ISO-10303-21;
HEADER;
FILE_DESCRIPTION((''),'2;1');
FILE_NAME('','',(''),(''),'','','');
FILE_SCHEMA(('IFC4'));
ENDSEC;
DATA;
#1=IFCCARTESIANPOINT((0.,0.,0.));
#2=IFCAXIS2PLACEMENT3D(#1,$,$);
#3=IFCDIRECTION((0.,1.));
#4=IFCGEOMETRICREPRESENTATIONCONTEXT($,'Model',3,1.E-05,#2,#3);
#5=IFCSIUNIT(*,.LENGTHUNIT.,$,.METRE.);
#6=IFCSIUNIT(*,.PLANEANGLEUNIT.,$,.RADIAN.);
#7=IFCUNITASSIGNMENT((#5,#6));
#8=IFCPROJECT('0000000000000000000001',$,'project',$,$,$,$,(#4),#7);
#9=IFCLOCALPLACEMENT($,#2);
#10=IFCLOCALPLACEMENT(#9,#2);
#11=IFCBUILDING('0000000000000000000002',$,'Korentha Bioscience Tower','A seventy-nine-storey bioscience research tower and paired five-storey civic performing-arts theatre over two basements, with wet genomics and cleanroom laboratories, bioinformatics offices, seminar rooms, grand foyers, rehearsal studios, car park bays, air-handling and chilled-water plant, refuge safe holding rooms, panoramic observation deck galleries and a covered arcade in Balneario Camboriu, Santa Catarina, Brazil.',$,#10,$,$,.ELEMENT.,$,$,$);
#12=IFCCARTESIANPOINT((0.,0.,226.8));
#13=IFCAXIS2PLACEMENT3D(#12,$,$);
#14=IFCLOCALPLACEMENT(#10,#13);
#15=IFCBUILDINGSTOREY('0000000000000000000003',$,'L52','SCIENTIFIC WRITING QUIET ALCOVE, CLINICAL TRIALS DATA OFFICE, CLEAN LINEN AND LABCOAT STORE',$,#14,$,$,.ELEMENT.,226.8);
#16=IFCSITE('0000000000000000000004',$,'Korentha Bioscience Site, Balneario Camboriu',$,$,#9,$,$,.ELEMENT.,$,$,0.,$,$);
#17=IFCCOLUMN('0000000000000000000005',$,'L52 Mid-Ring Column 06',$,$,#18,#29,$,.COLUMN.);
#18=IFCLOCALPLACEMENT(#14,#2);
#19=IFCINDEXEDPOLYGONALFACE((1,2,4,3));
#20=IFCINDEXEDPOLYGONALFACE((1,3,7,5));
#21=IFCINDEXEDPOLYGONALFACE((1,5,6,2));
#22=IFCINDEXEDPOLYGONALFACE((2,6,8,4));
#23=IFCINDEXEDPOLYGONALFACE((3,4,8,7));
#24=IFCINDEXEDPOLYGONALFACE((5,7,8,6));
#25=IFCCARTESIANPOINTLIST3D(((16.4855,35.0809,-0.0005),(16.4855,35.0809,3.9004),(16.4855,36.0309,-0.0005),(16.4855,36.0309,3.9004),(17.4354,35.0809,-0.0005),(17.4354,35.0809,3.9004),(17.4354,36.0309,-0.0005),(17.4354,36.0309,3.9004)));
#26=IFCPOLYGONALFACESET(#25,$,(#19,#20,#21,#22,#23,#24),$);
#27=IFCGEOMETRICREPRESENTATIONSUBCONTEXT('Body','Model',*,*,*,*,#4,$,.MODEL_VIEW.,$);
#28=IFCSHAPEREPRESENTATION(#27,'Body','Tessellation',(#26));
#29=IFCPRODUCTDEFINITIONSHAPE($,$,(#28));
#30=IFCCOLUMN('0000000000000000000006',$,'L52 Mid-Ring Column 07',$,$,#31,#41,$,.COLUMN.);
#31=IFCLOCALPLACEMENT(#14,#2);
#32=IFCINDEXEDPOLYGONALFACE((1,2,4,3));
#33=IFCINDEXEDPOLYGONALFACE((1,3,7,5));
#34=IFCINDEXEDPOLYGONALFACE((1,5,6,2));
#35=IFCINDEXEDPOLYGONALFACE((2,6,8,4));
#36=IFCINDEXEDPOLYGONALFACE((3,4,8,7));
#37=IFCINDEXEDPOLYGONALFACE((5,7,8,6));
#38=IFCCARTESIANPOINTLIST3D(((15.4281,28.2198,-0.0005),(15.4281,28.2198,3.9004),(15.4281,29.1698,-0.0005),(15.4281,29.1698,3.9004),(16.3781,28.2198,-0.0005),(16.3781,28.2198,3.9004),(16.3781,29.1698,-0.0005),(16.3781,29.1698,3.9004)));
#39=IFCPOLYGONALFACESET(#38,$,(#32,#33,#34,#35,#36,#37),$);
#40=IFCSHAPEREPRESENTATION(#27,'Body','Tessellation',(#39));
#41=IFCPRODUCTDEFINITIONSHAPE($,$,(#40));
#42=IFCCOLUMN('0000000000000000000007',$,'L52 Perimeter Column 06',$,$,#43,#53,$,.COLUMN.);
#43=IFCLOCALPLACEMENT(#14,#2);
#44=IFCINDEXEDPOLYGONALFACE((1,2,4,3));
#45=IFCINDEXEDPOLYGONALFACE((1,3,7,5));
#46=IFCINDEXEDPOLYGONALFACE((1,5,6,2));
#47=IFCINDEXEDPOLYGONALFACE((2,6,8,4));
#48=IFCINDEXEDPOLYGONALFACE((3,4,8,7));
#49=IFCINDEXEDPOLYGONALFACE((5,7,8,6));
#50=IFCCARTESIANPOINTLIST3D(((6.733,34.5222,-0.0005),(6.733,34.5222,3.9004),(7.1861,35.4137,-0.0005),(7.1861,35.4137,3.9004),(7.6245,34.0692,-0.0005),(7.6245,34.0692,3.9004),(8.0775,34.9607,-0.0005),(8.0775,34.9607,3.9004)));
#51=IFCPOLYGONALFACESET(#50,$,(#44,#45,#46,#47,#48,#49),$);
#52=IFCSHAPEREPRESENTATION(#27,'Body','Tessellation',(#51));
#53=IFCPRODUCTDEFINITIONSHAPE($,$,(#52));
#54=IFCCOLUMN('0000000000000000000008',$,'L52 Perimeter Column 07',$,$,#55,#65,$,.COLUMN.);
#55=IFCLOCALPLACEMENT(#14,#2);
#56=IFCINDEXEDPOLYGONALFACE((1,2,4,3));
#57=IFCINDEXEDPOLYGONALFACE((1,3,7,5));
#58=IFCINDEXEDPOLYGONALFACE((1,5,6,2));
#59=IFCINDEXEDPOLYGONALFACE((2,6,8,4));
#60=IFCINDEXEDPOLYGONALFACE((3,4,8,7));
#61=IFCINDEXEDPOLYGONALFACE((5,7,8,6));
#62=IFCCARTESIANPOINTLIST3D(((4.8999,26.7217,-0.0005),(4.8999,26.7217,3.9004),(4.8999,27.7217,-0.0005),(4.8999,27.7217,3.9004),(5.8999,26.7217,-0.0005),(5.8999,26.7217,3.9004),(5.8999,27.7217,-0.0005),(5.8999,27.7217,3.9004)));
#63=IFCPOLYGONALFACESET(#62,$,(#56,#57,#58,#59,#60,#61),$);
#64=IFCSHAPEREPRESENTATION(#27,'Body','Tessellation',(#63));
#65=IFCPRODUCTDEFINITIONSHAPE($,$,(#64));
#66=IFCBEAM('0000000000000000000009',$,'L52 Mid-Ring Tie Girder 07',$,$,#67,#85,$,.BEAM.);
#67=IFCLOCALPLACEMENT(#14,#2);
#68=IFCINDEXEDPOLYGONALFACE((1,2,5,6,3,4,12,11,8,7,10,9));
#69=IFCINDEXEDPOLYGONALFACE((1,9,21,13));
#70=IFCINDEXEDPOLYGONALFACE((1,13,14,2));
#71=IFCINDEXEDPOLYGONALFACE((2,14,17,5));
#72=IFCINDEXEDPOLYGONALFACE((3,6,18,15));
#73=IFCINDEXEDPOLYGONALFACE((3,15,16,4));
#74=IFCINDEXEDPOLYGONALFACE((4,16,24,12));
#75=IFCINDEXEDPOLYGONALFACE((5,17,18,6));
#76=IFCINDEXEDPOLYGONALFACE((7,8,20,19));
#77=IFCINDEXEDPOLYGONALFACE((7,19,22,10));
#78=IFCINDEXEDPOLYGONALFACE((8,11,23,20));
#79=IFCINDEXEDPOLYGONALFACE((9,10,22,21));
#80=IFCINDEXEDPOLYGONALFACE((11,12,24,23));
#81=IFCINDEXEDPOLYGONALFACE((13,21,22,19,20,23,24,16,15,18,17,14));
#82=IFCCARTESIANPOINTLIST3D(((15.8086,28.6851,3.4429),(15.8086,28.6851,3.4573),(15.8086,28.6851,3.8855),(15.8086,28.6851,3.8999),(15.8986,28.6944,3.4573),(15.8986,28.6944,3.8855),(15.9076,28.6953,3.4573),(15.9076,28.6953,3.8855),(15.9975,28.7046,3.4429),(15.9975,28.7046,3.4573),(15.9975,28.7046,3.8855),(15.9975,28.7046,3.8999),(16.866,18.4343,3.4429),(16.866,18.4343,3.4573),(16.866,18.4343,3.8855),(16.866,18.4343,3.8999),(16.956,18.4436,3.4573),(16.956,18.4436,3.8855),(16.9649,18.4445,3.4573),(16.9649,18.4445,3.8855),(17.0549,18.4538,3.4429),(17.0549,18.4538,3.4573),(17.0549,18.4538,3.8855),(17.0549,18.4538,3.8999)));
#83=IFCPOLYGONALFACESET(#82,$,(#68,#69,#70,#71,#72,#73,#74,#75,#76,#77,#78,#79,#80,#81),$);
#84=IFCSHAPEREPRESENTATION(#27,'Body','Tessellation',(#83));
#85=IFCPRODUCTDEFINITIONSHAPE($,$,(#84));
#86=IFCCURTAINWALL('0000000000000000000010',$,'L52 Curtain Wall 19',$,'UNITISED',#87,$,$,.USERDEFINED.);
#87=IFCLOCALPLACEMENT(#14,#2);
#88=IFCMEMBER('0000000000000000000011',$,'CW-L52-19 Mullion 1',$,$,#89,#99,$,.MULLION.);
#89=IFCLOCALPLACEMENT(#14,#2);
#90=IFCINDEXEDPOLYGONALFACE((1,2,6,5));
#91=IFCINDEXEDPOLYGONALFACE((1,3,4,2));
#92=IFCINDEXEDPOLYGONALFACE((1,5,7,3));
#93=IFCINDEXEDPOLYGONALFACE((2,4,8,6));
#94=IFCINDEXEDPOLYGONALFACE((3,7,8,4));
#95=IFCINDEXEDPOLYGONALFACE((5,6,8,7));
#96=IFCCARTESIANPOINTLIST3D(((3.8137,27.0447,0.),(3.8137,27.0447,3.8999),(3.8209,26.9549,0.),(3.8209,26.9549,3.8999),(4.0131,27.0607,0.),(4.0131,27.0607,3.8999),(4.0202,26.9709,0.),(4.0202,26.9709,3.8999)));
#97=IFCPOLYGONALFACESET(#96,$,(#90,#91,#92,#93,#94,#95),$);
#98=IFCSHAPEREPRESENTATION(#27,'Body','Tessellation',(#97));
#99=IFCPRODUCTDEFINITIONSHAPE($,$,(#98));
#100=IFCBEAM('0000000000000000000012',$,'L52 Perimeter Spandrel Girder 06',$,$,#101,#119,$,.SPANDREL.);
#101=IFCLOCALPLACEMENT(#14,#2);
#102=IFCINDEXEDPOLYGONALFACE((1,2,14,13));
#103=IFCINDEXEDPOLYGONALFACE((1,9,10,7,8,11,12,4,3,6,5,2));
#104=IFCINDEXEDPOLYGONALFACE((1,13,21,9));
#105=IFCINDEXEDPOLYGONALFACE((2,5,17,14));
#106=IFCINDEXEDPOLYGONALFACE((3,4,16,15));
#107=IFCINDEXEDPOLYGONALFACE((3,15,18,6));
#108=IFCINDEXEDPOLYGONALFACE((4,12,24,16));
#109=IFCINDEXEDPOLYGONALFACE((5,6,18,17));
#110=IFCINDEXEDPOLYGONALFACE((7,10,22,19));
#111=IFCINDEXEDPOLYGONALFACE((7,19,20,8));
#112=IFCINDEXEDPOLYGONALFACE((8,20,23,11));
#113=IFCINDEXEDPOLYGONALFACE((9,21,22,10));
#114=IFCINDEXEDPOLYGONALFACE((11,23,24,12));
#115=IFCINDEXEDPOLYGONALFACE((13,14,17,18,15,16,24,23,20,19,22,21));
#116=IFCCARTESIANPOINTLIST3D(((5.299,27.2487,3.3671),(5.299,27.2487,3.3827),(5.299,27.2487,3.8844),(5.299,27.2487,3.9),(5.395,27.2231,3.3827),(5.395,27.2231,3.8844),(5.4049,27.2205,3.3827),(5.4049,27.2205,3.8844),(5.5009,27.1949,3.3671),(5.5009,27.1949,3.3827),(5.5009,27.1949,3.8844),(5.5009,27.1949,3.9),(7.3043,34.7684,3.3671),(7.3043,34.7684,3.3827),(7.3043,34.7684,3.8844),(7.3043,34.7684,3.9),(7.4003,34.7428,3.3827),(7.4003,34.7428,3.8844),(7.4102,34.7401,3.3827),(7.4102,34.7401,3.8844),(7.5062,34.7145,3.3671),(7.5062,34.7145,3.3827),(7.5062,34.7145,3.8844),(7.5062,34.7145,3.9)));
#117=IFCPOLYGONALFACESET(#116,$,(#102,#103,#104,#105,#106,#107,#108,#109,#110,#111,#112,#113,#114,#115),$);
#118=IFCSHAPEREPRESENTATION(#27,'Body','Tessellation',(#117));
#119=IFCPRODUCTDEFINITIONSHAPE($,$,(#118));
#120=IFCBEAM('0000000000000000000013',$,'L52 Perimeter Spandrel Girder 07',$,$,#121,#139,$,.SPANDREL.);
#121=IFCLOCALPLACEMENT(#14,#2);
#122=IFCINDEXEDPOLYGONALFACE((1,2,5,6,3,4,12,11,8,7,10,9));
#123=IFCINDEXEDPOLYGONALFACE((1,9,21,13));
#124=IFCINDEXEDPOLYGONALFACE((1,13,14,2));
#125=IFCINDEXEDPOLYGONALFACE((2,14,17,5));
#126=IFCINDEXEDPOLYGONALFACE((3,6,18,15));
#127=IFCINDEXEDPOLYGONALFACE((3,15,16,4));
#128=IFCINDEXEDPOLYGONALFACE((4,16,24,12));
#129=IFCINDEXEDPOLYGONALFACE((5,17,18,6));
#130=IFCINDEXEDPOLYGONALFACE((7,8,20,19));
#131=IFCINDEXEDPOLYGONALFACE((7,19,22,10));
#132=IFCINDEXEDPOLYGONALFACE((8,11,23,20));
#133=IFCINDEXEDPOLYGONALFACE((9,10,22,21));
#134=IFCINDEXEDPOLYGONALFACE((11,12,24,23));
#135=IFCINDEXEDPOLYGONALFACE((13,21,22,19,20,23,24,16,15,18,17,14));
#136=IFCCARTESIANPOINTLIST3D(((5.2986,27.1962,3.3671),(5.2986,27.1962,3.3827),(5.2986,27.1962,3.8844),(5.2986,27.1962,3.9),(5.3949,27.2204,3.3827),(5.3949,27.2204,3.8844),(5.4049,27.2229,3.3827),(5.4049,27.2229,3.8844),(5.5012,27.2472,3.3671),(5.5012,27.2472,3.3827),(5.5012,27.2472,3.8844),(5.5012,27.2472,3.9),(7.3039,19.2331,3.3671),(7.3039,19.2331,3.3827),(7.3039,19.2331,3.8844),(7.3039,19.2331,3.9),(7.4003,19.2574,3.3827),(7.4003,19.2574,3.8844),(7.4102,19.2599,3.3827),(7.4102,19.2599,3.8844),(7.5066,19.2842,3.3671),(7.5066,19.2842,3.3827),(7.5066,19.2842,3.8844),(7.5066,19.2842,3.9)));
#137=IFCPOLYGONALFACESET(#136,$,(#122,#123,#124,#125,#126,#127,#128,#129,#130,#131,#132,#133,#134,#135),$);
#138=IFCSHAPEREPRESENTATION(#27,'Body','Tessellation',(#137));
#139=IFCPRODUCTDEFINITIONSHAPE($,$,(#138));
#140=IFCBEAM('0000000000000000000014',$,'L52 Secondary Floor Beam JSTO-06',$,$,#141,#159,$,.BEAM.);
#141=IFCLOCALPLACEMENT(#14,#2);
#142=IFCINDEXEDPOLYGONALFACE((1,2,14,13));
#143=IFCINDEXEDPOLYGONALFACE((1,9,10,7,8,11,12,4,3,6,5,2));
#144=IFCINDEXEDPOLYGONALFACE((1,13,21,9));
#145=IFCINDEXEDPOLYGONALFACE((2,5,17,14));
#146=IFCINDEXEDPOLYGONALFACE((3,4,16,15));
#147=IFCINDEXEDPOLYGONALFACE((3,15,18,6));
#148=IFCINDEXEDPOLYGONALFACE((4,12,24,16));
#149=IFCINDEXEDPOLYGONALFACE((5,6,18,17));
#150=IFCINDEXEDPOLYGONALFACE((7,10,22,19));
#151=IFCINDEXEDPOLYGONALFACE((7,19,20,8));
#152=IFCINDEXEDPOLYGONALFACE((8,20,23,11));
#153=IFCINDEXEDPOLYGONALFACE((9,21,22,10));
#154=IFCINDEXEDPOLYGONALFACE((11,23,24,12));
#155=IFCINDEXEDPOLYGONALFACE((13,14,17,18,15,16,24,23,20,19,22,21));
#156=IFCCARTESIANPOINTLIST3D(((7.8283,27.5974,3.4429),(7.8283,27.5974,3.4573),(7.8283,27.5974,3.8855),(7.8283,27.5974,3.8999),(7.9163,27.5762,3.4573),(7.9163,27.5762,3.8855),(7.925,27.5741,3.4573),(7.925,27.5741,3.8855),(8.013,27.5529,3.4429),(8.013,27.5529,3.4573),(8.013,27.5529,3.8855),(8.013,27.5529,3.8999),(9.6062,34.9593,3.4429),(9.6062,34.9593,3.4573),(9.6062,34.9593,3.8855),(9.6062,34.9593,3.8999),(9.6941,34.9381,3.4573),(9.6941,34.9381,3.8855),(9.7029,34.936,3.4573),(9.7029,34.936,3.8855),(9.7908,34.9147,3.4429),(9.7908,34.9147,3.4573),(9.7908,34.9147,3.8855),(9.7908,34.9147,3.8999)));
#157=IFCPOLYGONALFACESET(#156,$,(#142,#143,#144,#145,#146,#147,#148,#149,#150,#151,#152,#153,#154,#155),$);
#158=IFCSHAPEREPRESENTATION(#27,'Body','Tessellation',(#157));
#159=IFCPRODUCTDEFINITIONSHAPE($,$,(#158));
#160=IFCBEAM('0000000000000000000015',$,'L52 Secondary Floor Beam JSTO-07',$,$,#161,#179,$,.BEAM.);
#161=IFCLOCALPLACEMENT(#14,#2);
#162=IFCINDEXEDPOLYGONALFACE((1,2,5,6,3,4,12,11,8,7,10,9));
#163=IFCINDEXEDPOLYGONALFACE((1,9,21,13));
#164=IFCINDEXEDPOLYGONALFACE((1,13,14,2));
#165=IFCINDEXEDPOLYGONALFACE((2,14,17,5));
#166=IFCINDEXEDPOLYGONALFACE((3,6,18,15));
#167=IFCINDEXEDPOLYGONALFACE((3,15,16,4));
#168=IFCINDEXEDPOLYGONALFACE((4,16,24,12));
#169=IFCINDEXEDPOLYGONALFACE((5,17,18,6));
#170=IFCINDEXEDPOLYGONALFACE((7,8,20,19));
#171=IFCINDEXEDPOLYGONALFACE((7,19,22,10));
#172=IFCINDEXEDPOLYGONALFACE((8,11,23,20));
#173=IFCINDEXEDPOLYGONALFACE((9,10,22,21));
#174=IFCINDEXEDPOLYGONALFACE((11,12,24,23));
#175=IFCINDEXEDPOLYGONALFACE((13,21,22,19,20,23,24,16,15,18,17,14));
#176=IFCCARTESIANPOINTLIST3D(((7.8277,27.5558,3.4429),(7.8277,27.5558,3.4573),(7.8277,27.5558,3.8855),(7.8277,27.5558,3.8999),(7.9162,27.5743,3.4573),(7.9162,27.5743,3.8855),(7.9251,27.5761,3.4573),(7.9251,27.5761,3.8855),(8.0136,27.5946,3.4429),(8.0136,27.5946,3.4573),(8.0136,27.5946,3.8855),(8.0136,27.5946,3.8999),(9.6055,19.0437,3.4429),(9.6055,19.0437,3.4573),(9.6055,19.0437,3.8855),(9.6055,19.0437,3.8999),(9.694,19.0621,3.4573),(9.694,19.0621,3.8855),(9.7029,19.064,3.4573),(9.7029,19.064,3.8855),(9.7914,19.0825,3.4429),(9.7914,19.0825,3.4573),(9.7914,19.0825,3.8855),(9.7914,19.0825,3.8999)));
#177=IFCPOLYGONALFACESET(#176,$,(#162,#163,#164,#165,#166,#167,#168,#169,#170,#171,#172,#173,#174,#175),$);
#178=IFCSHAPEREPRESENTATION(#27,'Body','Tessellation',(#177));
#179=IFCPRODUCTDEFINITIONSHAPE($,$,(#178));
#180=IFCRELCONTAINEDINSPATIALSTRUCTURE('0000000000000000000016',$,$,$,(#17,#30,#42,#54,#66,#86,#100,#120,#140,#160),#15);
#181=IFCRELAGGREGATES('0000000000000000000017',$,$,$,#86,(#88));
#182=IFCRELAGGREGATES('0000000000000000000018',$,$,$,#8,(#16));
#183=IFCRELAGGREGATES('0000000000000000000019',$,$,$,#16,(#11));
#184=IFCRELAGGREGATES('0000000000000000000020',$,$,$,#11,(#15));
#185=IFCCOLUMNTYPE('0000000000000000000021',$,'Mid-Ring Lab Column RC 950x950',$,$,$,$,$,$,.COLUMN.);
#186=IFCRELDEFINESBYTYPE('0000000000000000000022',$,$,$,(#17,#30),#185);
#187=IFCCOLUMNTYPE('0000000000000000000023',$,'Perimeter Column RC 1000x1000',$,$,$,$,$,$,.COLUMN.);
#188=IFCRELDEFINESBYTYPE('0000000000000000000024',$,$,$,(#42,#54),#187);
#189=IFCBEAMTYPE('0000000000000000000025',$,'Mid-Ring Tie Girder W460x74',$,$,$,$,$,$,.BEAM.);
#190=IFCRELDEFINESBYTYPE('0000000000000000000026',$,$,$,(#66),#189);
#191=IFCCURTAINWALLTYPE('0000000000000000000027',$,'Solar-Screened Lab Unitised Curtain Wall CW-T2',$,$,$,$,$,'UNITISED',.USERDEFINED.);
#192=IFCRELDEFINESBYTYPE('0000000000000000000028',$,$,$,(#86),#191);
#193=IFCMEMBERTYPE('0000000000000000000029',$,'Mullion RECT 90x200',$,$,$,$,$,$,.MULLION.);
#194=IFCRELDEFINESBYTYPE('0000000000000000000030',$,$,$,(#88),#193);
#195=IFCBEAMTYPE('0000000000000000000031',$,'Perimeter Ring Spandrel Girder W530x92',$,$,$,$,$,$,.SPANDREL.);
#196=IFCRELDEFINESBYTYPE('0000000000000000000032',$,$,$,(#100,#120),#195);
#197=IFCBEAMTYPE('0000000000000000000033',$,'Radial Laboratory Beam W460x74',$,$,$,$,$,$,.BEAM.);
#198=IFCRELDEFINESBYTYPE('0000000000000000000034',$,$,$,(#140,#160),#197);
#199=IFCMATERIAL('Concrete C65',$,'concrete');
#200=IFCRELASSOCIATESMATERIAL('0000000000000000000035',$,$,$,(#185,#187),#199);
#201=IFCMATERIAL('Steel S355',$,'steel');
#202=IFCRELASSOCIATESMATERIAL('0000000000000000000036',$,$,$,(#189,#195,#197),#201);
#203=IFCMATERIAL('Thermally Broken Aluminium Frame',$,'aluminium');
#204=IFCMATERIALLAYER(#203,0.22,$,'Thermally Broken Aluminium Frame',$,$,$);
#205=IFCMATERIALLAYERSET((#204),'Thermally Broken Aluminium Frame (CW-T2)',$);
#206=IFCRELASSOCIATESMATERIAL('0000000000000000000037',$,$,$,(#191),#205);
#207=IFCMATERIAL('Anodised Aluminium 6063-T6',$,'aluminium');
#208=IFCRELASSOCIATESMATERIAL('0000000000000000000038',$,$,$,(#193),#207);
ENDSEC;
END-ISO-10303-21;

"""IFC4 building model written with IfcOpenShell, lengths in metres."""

from ifc_helpers import new_model, si_unit, direction, frame, origin, origin_2d, place, context, subcontext, project, spatial, rectangle, i_section, extrude, material, layer, layer_set, material_profile, profile_set, type_object, element, aggregate, save


model = new_model("IFC4")

# Units and contexts
model_context = context("Model", 3, precision=1e-05, world=origin(), true_north=direction((0.0, 1.0)))
body_context = subcontext(model_context, "Body", "Model", "MODEL_VIEW")
ifc_project = project(units=[si_unit("LENGTHUNIT", "METRE"), si_unit("PLANEANGLEUNIT", "RADIAN")], contexts=[model_context])

# Site, building, storey
site_placement = place(None, origin())
site = spatial("IfcSite", under=ifc_project, at=site_placement, Name="Korentha Bioscience Site, Balneario Camboriu", CompositionType="ELEMENT", RefElevation=0.0)
building_placement = place(site_placement, origin())
building = spatial("IfcBuilding", under=site, at=building_placement, Name="Korentha Bioscience Tower", Description="A seventy-nine-storey bioscience research tower and paired five-storey civic performing-arts theatre over two basements, with wet genomics and cleanroom laboratories, bioinformatics offices, seminar rooms, grand foyers, rehearsal studios, car park bays, air-handling and chilled-water plant, refuge safe holding rooms, panoramic observation deck galleries and a covered arcade in Balneario Camboriu, Santa Catarina, Brazil.", CompositionType="ELEMENT")
storey_placement = place(building_placement, frame((0.0, 0.0, 226.8)))
storey = spatial("IfcBuildingStorey", under=building, at=storey_placement, Name="L52", Description="SCIENTIFIC WRITING QUIET ALCOVE, CLINICAL TRIALS DATA OFFICE, CLEAN LINEN AND LABCOAT STORE", CompositionType="ELEMENT", Elevation=226.8)

# Columns
ifc_material_1 = material(Name="Concrete C65", Category="concrete")
ifc_material_profile_1 = material_profile(ifc_material_1, rectangle(XDim=0.95, YDim=0.95, at=origin_2d()), Name="Concrete C65")
ifc_profile_set_1 = profile_set([ifc_material_profile_1], Name="Concrete C65 (COL-MR09)")
column_type_1 = type_object("IfcColumnType", Name="Mid-Ring Lab Column RC 950x950", PredefinedType="COLUMN", material=ifc_profile_set_1)
for number, where, z_axis, x_axis, name in (
    (1, (16.9604, 35.5559, -0.0005), (0.0, 0.0, 1.0), (1.0, 0.0, 0.0), "L52 Mid-Ring Column 06"),
    (2, (15.9031, 28.6948, -0.0005), (0.0, 0.0, 1.0), (1.0, 0.0, 0.0), "L52 Mid-Ring Column 07"),
):
    element("IfcColumn", number, at=place(storey_placement, frame(where, z_axis=z_axis, x_axis=x_axis)), inside=storey, type_object=column_type_1, Name=name, PredefinedType="COLUMN", context=body_context, shape_type="SweptSolid", body=[
        extrude(rectangle(XDim=0.95, YDim=0.95, at=origin_2d()), origin(), (0.0, 0.0, 1.0), 3.9009),
    ])
ifc_material_profile_2 = material_profile(ifc_material_1, rectangle(XDim=1.0, YDim=1.0, at=origin_2d()), Name="Concrete C65")
ifc_profile_set_2 = profile_set([ifc_material_profile_2], Name="Concrete C65 (COL-P10)")
column_type_2 = type_object("IfcColumnType", Name="Perimeter Column RC 1000x1000", PredefinedType="COLUMN", material=ifc_profile_set_2)
for number, where, z_axis, x_axis, name in (
    (3, (7.4053, 34.7415, -0.0005), (0.0, 0.0, 1.0), (0.453057, 0.891481, 0.0), "L52 Perimeter Column 06"),
    (4, (5.3999, 27.2217, -0.0005), (0.0, 0.0, 1.0), (0.0, 1.0, 0.0), "L52 Perimeter Column 07"),
):
    element("IfcColumn", number, at=place(storey_placement, frame(where, z_axis=z_axis, x_axis=x_axis)), inside=storey, type_object=column_type_2, Name=name, PredefinedType="COLUMN", context=body_context, shape_type="SweptSolid", body=[
        extrude(rectangle(XDim=1.0, YDim=1.0, at=origin_2d()), origin(), (0.0, 0.0, 1.0), 3.9009),
    ])

# Beam
ifc_material_2 = material(Name="Steel S355", Category="steel")
ifc_material_profile_3 = material_profile(ifc_material_2, i_section(OverallWidth=0.1899, OverallDepth=0.457, WebThickness=0.009, FlangeThickness=0.0144, at=origin_2d()), Name="Steel S355")
ifc_profile_set_3 = profile_set([ifc_material_profile_3], Name="Steel S355 (MB-460)")
beam_type_1 = type_object("IfcBeamType", Name="Mid-Ring Tie Girder W460x74", PredefinedType="BEAM", material=ifc_profile_set_3)
beam_1_placement = place(storey_placement, frame((15.9031, 28.6948, 3.6714), z_axis=(0.102607, -0.994722, 0.0), x_axis=(0.994722, 0.102607, 0.0)))
element("IfcBeam", 5, at=beam_1_placement, inside=storey, type_object=beam_type_1, Name="L52 Mid-Ring Tie Girder 07", PredefinedType="BEAM", context=body_context, shape_type="SweptSolid", body=[
    extrude(i_section(OverallWidth=0.1899, OverallDepth=0.457, WebThickness=0.009, FlangeThickness=0.0144, at=origin_2d()), origin(), (0.0, 0.0, 1.0), 10.3052),
])

# Curtain wall, member
ifc_material_3 = material(Name="Thermally Broken Aluminium Frame", Category="aluminium")
ifc_layer_1 = layer(ifc_material_3, 0.22, Name="Thermally Broken Aluminium Frame")
ifc_layer_set_1 = layer_set([ifc_layer_1], Name="Thermally Broken Aluminium Frame (CW-T2)")
curtain_wall_type = type_object("IfcCurtainWallType", Name="Solar-Screened Lab Unitised Curtain Wall CW-T2", ElementType="UNITISED", PredefinedType="USERDEFINED", material=ifc_layer_set_1)
curtain_wall_placement = place(storey_placement, origin())
curtain_wall = element("IfcCurtainWall", 6, at=curtain_wall_placement, inside=storey, type_object=curtain_wall_type, Name="L52 Curtain Wall 19", ObjectType="UNITISED", PredefinedType="USERDEFINED")
ifc_material_4 = material(Name="Anodised Aluminium 6063-T6", Category="aluminium")
ifc_material_profile_4 = material_profile(ifc_material_4, rectangle(XDim=0.0901, YDim=0.2, at=origin_2d()), Name="Anodised Aluminium 6063-T6")
ifc_profile_set_4 = profile_set([ifc_material_profile_4], Name="Anodised Aluminium 6063-T6 (CW-MUL)")
member_type_1 = type_object("IfcMemberType", Name="Mullion RECT 90x200", PredefinedType="MULLION", material=ifc_profile_set_4)
member_1_placement = place(storey_placement, frame((3.917, 27.0078, 0.0), z_axis=(0.0, 0.0, 1.0), x_axis=(0.079748, -0.996815, 0.0)))
member_1 = element("IfcMember", 7, at=member_1_placement, type_object=member_type_1, Name="CW-L52-19 Mullion 1", PredefinedType="MULLION", context=body_context, shape_type="SweptSolid", body=[
    extrude(rectangle(XDim=0.0901, YDim=0.2, at=origin_2d()), origin(), (0.0, 0.0, 1.0), 3.8999),
])

# Beams
ifc_material_profile_5 = material_profile(ifc_material_2, i_section(OverallWidth=0.209, OverallDepth=0.533, WebThickness=0.0103, FlangeThickness=0.0156, at=origin_2d()), Name="Steel S355")
ifc_profile_set_5 = profile_set([ifc_material_profile_5], Name="Steel S355 (SB-530)")
beam_type_2 = type_object("IfcBeamType", Name="Perimeter Ring Spandrel Girder W530x92", PredefinedType="SPANDREL", material=ifc_profile_set_5)
beam_2_placement = place(storey_placement, frame((7.4053, 34.7415, 3.6335), z_axis=(-0.257674, -0.966232, 0.0), x_axis=(0.966232, -0.257674, 0.0)))
element("IfcBeam", 8, at=beam_2_placement, inside=storey, type_object=beam_type_2, Name="L52 Perimeter Spandrel Girder 06", PredefinedType="SPANDREL", context=body_context, shape_type="SweptSolid", body=[
    extrude(i_section(OverallWidth=0.209, OverallDepth=0.533, WebThickness=0.0103, FlangeThickness=0.0156, at=origin_2d()), origin(), (0.0, 0.0, 1.0), 7.7825),
])
beam_3_placement = place(storey_placement, frame((5.3999, 27.2217, 3.6335), z_axis=(0.244207, -0.969723, 0.0), x_axis=(0.969723, 0.244207, 0.0)))
element("IfcBeam", 9, at=beam_3_placement, inside=storey, type_object=beam_type_2, Name="L52 Perimeter Spandrel Girder 07", PredefinedType="SPANDREL", context=body_context, shape_type="SweptSolid", body=[
    extrude(i_section(OverallWidth=0.209, OverallDepth=0.533, WebThickness=0.0103, FlangeThickness=0.0156, at=origin_2d()), origin(), (0.0, 0.0, 1.0), 8.2117),
])
ifc_material_profile_6 = material_profile(ifc_material_2, i_section(OverallWidth=0.1899, OverallDepth=0.457, WebThickness=0.009, FlangeThickness=0.0144, at=origin_2d()), Name="Steel S355")
ifc_profile_set_6 = profile_set([ifc_material_profile_6], Name="Steel S355 (RB-460)")
beam_type_3 = type_object("IfcBeamType", Name="Radial Laboratory Beam W460x74", PredefinedType="BEAM", material=ifc_profile_set_6)
beam_4_placement = place(storey_placement, frame((9.6985, 34.937, 3.6714), z_axis=(-0.234746, -0.972057, 0.0), x_axis=(0.972057, -0.234746, 0.0)))
element("IfcBeam", 10, at=beam_4_placement, inside=storey, type_object=beam_type_3, Name="L52 Secondary Floor Beam JSTO-06", PredefinedType="BEAM", context=body_context, shape_type="SweptSolid", body=[
    extrude(i_section(OverallWidth=0.1899, OverallDepth=0.457, WebThickness=0.009, FlangeThickness=0.0144, at=origin_2d()), origin(), (0.0, 0.0, 1.0), 7.5735),
])
beam_5_placement = place(storey_placement, frame((7.9207, 27.5752, 3.6714), z_axis=(0.204445, -0.978878, 0.0), x_axis=(0.978878, 0.204445, 0.0)))
element("IfcBeam", 11, at=beam_5_placement, inside=storey, type_object=beam_type_3, Name="L52 Secondary Floor Beam JSTO-07", PredefinedType="BEAM", context=body_context, shape_type="SweptSolid", body=[
    extrude(i_section(OverallWidth=0.1899, OverallDepth=0.457, WebThickness=0.009, FlangeThickness=0.0144, at=origin_2d()), origin(), (0.0, 0.0, 1.0), 8.6958),
])

aggregate(curtain_wall, [member_1])

save(model, "model.ifc")
